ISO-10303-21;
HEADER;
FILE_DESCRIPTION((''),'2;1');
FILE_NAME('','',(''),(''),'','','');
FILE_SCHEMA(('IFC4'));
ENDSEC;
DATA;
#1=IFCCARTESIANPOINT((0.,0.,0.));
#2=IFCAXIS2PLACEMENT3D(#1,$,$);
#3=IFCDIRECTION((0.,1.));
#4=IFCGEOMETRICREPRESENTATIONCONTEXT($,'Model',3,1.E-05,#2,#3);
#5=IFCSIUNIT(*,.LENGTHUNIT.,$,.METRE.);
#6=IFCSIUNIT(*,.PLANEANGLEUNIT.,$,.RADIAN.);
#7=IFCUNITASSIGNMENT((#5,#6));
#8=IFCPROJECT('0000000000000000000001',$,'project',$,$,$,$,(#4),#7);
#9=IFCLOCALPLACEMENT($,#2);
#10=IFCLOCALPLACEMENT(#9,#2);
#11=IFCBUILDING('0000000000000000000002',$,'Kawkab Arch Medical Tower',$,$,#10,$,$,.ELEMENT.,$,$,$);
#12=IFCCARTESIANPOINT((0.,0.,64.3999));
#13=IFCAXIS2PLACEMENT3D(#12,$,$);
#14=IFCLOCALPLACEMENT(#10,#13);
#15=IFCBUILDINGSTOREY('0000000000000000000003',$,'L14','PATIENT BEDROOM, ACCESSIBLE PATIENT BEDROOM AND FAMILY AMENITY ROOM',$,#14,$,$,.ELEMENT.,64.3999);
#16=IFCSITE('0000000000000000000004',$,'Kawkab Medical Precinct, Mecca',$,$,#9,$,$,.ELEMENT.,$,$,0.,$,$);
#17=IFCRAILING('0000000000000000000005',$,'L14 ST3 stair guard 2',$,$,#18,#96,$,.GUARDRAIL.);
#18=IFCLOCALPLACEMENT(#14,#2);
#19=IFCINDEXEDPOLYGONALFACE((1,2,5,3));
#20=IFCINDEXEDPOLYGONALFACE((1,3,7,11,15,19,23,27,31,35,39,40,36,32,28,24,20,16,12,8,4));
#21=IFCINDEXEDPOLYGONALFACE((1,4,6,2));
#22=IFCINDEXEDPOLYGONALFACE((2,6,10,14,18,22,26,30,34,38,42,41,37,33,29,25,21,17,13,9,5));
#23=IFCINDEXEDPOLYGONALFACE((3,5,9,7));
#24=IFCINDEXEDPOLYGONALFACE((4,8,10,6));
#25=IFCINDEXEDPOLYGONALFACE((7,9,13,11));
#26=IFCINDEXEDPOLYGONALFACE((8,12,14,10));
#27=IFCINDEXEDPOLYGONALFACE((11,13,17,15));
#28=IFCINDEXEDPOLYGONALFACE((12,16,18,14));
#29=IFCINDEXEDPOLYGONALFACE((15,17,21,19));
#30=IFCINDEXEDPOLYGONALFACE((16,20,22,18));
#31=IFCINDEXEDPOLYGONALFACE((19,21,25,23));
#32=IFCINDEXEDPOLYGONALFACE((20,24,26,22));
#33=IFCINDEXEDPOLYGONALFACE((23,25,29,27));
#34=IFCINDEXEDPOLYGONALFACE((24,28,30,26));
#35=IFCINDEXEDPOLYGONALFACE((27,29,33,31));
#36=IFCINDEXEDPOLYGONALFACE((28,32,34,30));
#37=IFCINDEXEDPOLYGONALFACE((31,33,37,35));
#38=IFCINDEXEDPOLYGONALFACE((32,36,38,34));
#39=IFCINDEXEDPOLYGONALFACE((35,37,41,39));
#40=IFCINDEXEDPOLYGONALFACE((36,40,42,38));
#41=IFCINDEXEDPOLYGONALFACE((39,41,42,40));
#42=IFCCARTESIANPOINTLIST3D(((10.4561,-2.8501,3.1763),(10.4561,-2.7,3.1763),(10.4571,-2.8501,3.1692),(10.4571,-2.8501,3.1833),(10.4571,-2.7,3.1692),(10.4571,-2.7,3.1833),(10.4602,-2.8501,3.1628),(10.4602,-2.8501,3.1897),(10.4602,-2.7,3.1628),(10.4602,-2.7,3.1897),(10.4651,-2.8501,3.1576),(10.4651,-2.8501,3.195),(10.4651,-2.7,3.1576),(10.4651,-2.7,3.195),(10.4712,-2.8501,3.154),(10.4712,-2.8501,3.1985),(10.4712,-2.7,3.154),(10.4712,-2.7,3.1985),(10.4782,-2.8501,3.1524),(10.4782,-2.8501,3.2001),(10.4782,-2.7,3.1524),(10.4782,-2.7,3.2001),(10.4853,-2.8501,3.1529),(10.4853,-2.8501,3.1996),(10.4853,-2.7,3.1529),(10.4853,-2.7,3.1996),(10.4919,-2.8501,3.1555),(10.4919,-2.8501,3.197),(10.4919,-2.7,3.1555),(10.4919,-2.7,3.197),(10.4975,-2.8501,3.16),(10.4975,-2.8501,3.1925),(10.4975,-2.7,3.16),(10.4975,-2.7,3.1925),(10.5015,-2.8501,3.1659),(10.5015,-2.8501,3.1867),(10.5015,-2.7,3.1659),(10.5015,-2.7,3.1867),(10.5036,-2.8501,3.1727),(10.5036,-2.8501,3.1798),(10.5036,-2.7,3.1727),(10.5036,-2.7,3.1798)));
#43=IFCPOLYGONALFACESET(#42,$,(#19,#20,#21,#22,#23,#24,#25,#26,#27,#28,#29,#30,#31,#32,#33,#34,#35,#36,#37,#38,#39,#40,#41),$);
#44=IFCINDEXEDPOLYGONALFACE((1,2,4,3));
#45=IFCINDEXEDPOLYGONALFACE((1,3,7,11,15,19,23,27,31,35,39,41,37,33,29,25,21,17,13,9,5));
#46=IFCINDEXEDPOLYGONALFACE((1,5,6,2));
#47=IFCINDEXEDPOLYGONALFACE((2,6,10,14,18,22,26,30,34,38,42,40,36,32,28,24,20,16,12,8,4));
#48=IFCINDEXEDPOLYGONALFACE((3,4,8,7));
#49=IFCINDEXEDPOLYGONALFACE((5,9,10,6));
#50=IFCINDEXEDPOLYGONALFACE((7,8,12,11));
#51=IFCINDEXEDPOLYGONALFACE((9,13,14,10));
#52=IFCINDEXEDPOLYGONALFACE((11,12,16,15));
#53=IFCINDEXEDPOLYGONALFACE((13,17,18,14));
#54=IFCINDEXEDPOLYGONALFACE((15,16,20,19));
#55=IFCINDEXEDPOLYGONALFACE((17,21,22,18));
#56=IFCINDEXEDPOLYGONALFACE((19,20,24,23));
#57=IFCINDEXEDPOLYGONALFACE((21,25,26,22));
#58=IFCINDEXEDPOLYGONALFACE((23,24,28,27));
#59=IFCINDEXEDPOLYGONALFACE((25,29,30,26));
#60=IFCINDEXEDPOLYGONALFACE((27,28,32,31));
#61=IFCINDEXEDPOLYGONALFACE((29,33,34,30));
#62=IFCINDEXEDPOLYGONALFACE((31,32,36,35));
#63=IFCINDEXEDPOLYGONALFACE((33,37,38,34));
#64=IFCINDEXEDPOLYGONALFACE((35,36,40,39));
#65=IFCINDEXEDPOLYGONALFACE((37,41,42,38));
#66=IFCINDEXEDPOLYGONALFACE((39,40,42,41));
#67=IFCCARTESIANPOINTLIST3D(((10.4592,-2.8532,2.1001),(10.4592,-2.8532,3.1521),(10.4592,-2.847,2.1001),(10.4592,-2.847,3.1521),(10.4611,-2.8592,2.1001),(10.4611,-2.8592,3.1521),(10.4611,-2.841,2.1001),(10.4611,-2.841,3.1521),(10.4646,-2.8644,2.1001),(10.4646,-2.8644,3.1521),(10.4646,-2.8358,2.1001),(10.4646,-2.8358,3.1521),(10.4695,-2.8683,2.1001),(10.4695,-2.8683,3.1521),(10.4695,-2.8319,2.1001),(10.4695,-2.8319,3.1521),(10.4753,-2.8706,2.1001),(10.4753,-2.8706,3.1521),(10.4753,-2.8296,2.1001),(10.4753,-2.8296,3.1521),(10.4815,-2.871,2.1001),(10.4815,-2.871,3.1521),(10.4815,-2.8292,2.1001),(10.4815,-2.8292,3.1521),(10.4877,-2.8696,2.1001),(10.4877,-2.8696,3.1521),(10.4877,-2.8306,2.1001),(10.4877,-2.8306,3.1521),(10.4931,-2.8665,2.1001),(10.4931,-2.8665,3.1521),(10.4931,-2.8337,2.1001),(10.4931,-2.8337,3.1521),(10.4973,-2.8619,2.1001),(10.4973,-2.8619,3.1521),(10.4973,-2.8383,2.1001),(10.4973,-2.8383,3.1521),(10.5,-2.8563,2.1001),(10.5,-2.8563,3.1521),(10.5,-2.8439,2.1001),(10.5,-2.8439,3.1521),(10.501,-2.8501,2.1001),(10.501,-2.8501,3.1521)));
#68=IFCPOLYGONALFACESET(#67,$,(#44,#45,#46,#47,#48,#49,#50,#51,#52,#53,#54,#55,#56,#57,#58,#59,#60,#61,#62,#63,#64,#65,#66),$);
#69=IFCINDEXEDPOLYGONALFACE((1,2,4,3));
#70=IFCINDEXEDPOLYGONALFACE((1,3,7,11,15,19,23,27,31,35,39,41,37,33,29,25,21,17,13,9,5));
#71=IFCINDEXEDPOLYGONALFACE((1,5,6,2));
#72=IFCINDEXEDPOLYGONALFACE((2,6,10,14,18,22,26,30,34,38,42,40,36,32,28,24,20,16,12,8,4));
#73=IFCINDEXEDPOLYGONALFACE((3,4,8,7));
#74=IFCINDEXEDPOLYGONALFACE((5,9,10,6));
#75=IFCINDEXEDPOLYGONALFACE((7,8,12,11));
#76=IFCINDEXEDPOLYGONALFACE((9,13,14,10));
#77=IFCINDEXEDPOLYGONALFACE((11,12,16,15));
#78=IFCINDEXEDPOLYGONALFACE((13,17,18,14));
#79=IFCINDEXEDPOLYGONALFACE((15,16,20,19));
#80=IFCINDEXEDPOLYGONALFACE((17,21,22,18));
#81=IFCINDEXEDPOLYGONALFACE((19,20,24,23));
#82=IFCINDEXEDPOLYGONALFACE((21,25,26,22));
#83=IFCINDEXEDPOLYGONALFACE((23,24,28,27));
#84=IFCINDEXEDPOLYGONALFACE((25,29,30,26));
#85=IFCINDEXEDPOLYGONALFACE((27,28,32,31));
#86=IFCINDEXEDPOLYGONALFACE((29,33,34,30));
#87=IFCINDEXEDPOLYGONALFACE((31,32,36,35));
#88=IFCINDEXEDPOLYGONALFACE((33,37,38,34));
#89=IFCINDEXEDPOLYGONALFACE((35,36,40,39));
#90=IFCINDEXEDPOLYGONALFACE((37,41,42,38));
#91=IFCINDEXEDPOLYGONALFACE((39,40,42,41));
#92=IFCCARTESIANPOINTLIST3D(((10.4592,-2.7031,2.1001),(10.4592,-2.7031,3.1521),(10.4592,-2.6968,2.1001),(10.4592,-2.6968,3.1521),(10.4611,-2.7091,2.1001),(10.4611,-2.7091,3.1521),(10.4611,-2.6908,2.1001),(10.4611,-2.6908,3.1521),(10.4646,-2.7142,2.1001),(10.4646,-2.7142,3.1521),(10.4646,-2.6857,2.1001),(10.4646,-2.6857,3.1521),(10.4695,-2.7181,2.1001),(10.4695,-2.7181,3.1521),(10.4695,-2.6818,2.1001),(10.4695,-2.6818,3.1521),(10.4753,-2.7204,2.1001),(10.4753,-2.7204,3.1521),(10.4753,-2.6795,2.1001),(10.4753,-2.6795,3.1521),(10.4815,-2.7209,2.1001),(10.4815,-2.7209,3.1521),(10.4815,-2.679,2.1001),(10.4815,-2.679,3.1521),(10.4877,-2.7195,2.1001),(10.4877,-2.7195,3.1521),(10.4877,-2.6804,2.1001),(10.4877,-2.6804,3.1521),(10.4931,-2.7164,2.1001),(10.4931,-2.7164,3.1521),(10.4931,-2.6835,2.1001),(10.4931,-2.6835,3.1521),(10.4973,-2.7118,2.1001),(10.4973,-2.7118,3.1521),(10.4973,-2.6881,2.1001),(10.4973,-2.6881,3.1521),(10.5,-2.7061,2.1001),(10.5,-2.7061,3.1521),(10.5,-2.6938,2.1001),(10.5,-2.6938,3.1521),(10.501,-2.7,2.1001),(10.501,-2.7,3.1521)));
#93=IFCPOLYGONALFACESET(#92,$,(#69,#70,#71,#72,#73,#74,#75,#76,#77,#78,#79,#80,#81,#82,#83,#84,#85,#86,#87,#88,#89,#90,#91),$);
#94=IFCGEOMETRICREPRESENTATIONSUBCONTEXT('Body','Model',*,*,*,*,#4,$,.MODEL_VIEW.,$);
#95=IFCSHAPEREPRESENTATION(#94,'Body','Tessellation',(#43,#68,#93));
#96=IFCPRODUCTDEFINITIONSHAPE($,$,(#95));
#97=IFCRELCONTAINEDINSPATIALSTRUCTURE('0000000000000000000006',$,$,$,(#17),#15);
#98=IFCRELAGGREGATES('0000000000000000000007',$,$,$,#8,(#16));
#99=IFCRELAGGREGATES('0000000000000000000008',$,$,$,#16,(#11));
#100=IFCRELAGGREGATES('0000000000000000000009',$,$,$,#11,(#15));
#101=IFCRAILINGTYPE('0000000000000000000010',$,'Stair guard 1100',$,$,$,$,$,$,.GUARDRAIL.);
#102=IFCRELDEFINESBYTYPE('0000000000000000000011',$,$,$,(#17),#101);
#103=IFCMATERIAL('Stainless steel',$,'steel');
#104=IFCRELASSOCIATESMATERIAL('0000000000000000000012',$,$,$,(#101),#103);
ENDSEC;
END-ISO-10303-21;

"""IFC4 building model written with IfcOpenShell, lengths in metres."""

from ifc_helpers import new_model, si_unit, direction, frame, origin, origin_2d, place, context, subcontext, project, spatial, circle, extrude, material, type_object, element, save


model = new_model("IFC4")

# Units and contexts
model_context = context("Model", 3, precision=1e-05, world=origin(), true_north=direction((0.0, 1.0)))
body_context = subcontext(model_context, "Body", "Model", "MODEL_VIEW")
ifc_project = project(units=[si_unit("LENGTHUNIT", "METRE"), si_unit("PLANEANGLEUNIT", "RADIAN")], contexts=[model_context])

# Site, building, storey
site_placement = place(None, origin())
site = spatial("IfcSite", under=ifc_project, at=site_placement, Name="Kawkab Medical Precinct, Mecca", CompositionType="ELEMENT", RefElevation=0.0)
building_placement = place(site_placement, origin())
building = spatial("IfcBuilding", under=site, at=building_placement, Name="Kawkab Arch Medical Tower", CompositionType="ELEMENT")
storey_placement = place(building_placement, frame((0.0, 0.0, 64.3999)))
storey = spatial("IfcBuildingStorey", under=building, at=storey_placement, Name="L14", Description="PATIENT BEDROOM, ACCESSIBLE PATIENT BEDROOM AND FAMILY AMENITY ROOM", CompositionType="ELEMENT", Elevation=64.3999)

# Railing
ifc_material_1 = material(Name="Stainless steel", Category="steel")
railing_type_1 = type_object("IfcRailingType", Name="Stair guard 1100", PredefinedType="GUARDRAIL", material=ifc_material_1)
railing_1_placement = place(storey_placement, frame((10.48, -2.8501, 2.1001)))
element("IfcRailing", 1, at=railing_1_placement, inside=storey, type_object=railing_type_1, Name="L14 ST3 stair guard 2", PredefinedType="GUARDRAIL", context=body_context, shape_type="SweptSolid", body=[
    extrude(circle(Radius=0.0239, at=origin_2d()), frame((0.0, 0.0, 1.0762), z_axis=(0.0, 1.0, 0.0), x_axis=(-1.0, 0.0, 0.0)), (0.0, 0.0, 1.0), 0.1501),
    extrude(circle(Radius=0.021, at=origin_2d()), origin(), (0.0, 0.0, 1.0), 1.052),
    extrude(circle(Radius=0.021, at=origin_2d()), frame((0.0, 0.1501, 0.0)), (0.0, 0.0, 1.0), 1.052),
])

save(model, "model.ifc")
